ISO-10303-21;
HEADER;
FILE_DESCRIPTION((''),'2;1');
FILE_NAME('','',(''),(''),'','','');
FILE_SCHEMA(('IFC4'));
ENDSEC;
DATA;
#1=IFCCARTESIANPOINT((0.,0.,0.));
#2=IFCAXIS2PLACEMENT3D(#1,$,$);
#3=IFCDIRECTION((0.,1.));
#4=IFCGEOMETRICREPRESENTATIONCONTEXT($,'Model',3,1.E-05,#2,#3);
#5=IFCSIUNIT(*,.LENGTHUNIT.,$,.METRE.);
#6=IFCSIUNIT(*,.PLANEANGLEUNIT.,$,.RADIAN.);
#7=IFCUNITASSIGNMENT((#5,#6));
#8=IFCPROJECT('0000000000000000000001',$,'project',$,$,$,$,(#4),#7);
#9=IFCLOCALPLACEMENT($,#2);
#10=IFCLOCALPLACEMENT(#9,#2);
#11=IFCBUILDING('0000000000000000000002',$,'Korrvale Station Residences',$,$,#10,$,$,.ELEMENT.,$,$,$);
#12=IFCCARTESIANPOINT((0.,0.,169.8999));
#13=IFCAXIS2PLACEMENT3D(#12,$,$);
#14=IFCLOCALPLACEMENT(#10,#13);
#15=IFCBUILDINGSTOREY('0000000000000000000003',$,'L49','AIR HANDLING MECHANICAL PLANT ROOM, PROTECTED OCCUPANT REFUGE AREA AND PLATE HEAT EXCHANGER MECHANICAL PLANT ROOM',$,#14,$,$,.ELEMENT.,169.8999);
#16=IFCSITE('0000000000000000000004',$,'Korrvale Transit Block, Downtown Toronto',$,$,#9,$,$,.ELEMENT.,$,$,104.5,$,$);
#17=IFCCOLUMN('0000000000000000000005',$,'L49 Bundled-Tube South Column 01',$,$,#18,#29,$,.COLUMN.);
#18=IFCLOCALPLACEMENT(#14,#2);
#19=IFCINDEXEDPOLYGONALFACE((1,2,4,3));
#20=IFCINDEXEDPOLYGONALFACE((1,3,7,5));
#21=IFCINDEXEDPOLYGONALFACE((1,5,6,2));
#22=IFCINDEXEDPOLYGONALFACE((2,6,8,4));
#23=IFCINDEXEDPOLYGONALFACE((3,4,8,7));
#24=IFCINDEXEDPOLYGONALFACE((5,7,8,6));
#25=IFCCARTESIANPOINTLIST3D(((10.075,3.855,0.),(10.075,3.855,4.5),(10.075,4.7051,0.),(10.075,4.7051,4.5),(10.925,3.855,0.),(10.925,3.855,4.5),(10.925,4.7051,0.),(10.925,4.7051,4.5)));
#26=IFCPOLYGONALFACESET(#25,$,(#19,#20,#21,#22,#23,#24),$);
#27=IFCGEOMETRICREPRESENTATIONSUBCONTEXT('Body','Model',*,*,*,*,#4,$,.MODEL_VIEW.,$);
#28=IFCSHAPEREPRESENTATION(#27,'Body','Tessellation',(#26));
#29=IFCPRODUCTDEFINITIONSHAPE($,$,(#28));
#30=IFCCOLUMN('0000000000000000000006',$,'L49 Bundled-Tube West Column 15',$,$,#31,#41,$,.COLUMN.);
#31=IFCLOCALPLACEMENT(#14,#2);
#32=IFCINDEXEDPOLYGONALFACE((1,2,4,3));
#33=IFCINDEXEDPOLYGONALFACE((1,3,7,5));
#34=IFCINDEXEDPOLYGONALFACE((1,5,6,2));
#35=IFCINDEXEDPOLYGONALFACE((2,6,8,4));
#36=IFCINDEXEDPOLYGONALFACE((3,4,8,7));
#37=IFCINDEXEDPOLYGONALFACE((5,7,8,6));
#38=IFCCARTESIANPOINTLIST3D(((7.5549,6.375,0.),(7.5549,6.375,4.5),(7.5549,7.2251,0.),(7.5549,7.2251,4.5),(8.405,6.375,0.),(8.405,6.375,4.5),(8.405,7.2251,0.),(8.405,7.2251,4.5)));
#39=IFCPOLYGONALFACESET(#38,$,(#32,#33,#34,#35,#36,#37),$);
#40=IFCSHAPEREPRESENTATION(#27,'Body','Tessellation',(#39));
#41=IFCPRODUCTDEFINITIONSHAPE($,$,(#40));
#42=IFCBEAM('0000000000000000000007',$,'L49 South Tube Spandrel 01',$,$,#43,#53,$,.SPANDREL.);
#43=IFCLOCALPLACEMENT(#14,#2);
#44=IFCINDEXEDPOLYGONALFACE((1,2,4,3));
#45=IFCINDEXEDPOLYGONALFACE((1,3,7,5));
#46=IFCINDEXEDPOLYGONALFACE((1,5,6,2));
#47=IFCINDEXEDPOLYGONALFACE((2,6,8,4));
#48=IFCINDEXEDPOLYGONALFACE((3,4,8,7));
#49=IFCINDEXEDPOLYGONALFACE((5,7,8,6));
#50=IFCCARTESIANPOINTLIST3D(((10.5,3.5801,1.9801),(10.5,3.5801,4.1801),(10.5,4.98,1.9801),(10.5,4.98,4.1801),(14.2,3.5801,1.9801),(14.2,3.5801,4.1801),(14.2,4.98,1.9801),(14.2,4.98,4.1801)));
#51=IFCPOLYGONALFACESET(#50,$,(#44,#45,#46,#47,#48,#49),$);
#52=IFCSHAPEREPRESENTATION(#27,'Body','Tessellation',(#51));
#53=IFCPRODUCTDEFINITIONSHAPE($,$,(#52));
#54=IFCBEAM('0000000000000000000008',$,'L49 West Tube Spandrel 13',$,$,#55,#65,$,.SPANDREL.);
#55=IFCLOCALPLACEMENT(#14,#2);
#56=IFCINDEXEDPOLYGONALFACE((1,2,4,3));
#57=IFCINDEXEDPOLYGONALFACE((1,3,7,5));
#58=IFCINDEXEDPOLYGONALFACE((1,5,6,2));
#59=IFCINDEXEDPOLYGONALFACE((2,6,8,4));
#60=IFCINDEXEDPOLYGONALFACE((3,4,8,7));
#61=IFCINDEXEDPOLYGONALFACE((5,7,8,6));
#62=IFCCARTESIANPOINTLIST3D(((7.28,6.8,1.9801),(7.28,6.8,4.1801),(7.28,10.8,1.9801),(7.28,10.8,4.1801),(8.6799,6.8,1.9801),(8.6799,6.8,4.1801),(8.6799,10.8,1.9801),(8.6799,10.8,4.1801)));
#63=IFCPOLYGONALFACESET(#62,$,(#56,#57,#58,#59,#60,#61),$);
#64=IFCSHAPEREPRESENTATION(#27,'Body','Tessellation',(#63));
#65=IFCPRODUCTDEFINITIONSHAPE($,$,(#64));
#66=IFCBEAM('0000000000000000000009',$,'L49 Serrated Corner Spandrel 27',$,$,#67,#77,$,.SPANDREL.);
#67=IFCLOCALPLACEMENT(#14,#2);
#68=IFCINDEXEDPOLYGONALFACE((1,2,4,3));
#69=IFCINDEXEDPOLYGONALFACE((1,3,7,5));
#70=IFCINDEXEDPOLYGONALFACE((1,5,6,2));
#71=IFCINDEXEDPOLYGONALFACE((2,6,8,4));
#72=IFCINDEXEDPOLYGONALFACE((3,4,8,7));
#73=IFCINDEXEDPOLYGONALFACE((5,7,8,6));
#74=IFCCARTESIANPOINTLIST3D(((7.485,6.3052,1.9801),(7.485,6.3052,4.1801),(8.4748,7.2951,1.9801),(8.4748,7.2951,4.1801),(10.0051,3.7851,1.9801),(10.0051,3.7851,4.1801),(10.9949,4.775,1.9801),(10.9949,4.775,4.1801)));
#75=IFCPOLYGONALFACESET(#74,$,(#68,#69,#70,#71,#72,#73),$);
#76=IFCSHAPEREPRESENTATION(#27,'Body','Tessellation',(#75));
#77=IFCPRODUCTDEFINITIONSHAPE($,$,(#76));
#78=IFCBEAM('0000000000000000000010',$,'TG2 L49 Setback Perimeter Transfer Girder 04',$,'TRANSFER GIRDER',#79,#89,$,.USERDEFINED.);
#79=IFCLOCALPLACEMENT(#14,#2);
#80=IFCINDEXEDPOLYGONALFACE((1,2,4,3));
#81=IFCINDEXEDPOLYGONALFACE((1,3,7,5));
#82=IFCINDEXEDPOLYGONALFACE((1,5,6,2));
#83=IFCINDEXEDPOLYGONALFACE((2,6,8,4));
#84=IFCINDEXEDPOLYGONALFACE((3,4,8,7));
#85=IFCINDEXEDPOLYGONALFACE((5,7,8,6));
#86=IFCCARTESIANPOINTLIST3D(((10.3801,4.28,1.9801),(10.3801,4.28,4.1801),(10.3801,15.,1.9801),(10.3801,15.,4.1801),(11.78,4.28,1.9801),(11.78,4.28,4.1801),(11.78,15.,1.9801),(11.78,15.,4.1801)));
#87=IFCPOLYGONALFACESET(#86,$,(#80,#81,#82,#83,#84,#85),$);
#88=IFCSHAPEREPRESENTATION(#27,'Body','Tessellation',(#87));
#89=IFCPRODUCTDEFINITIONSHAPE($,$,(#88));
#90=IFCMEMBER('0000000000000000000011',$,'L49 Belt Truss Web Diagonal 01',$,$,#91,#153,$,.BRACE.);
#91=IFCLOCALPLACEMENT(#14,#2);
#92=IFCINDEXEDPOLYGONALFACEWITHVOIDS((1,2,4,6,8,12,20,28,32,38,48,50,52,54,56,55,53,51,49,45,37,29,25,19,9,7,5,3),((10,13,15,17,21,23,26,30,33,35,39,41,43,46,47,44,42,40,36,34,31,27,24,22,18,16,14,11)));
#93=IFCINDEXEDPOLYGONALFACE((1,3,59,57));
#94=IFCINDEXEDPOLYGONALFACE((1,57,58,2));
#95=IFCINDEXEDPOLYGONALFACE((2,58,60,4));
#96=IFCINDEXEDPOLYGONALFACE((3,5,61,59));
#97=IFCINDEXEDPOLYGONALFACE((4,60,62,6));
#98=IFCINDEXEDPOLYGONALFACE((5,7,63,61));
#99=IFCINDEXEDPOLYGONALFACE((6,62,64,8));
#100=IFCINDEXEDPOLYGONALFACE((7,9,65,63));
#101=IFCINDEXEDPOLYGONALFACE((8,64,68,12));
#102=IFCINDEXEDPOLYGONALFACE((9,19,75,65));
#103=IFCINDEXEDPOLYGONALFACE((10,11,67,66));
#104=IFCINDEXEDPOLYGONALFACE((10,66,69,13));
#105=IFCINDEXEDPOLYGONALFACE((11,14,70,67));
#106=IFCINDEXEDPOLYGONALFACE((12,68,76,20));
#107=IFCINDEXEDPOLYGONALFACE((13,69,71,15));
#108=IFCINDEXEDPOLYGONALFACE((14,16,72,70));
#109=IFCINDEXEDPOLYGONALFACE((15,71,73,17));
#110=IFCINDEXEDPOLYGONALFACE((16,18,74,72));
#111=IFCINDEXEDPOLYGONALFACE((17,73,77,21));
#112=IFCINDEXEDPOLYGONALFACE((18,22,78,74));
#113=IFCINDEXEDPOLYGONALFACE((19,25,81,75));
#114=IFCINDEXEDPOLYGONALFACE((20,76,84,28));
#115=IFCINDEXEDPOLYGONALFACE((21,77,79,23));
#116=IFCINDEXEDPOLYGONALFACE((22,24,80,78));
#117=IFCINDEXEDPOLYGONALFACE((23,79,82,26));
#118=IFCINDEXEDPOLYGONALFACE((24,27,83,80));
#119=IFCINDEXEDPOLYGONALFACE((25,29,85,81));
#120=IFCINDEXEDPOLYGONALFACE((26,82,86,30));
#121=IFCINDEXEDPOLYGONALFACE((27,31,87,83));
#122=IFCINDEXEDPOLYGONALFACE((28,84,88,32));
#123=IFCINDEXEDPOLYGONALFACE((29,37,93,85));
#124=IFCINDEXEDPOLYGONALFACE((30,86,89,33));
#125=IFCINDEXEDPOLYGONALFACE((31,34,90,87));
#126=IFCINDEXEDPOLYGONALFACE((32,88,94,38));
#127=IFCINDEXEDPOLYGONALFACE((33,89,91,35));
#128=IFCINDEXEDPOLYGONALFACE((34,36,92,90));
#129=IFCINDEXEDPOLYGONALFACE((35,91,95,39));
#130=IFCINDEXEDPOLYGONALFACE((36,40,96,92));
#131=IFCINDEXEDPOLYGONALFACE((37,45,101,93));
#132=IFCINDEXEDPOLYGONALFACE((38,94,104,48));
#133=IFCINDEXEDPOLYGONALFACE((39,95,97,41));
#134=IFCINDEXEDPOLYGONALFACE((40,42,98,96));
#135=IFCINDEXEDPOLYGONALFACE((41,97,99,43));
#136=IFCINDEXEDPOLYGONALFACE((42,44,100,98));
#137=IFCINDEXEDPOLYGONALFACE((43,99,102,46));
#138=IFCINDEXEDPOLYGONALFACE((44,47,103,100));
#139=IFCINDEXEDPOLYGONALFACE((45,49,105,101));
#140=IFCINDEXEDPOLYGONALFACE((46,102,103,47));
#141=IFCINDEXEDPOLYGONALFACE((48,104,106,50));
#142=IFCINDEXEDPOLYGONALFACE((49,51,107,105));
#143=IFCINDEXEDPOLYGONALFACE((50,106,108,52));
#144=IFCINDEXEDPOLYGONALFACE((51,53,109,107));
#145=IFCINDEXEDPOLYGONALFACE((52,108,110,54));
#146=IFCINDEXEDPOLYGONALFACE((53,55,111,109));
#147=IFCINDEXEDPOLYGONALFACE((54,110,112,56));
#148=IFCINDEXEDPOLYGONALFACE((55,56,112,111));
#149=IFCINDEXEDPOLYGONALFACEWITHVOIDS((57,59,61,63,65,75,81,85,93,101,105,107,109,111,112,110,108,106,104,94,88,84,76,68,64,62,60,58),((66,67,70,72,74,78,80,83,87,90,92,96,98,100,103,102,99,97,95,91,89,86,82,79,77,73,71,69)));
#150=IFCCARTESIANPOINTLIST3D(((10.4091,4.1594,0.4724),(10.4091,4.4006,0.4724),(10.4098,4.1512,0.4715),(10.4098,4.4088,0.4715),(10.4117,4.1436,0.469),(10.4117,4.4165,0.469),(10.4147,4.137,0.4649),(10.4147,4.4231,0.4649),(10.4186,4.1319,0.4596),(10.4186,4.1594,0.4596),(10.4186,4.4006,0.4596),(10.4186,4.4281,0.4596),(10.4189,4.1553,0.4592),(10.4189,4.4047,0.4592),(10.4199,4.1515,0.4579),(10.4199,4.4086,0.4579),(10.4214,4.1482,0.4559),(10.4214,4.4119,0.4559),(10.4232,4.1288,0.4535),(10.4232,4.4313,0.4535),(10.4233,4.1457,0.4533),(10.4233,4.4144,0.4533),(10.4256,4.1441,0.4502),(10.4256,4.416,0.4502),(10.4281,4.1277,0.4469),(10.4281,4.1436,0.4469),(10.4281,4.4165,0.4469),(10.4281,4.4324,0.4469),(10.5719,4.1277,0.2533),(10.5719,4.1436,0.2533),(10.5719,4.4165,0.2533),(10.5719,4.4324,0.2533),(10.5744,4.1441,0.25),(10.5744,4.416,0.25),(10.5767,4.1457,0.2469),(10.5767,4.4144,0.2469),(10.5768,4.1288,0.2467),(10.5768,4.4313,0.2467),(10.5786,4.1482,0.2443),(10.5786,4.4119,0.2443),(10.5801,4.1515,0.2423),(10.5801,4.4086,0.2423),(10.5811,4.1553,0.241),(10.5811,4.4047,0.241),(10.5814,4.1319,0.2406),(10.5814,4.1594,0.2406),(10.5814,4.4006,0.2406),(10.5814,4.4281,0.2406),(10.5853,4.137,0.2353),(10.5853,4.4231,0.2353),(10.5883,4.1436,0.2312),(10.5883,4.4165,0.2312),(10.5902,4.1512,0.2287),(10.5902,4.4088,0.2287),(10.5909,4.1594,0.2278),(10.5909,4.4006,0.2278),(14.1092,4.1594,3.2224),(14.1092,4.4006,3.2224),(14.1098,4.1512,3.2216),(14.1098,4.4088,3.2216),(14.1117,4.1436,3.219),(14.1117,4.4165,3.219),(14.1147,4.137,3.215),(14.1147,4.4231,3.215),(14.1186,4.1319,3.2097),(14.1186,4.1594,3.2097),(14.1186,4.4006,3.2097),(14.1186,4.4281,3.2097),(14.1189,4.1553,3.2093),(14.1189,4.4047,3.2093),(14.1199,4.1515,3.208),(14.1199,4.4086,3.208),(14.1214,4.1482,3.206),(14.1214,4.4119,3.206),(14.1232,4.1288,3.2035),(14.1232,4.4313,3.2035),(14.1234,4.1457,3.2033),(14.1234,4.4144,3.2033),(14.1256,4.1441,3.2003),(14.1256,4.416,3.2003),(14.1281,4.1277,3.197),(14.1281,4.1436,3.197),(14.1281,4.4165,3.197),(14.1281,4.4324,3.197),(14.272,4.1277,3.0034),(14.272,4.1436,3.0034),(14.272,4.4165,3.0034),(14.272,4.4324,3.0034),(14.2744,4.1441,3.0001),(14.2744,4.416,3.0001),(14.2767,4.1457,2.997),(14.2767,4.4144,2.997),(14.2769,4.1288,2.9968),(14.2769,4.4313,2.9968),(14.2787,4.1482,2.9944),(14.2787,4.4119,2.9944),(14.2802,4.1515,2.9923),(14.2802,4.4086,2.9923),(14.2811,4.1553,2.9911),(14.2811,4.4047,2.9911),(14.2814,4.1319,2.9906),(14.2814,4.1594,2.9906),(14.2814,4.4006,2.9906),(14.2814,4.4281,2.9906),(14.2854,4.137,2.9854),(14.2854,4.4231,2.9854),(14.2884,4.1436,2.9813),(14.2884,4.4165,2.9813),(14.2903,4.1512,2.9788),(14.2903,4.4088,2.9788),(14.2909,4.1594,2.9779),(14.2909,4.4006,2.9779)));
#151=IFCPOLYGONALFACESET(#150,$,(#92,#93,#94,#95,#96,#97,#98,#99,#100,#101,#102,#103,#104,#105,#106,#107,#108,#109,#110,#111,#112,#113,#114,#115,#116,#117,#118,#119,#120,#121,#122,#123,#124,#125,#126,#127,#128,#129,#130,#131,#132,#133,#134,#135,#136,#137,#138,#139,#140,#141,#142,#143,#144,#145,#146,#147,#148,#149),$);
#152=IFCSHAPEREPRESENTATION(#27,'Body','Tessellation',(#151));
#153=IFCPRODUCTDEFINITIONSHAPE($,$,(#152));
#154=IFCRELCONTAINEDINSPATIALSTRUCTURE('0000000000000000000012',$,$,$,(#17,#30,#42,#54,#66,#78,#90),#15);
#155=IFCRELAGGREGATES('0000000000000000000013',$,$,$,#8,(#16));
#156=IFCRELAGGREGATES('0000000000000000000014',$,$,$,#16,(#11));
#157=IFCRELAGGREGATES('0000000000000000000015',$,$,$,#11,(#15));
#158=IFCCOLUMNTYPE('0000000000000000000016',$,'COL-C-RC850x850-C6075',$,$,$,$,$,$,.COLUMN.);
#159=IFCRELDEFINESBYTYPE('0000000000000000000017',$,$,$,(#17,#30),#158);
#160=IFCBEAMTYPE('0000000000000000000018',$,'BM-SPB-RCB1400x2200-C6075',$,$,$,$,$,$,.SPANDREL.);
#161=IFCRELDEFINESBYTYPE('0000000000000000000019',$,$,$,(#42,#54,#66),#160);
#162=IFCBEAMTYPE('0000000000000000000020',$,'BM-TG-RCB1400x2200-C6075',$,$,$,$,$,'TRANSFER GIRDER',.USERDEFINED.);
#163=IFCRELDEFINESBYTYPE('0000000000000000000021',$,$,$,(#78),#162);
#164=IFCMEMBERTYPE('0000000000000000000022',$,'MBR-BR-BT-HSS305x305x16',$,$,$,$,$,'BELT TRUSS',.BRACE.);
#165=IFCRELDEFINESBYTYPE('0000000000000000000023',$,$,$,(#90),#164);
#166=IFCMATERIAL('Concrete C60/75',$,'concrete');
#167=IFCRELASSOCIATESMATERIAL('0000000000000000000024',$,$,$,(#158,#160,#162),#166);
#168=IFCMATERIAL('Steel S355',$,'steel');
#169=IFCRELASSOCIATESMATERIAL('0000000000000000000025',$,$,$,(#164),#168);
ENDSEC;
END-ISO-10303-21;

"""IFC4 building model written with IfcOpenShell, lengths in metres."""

from ifc_helpers import new_model, si_unit, direction, frame, origin, origin_2d, place, context, subcontext, project, spatial, rectangle, hollow_rectangle, extrude, material, material_profile, profile_set, type_object, element, save


model = new_model("IFC4")

# Units and contexts
model_context = context("Model", 3, precision=1e-05, world=origin(), true_north=direction((0.0, 1.0)))
body_context = subcontext(model_context, "Body", "Model", "MODEL_VIEW")
ifc_project = project(units=[si_unit("LENGTHUNIT", "METRE"), si_unit("PLANEANGLEUNIT", "RADIAN")], contexts=[model_context])

# Site, building, storey
site_placement = place(None, origin())
site = spatial("IfcSite", under=ifc_project, at=site_placement, Name="Korrvale Transit Block, Downtown Toronto", CompositionType="ELEMENT", RefElevation=104.5)
building_placement = place(site_placement, origin())
building = spatial("IfcBuilding", under=site, at=building_placement, Name="Korrvale Station Residences", CompositionType="ELEMENT")
storey_placement = place(building_placement, frame((0.0, 0.0, 169.8999)))
storey = spatial("IfcBuildingStorey", under=building, at=storey_placement, Name="L49", Description="AIR HANDLING MECHANICAL PLANT ROOM, PROTECTED OCCUPANT REFUGE AREA AND PLATE HEAT EXCHANGER MECHANICAL PLANT ROOM", CompositionType="ELEMENT", Elevation=169.8999)

# Columns
ifc_material_1 = material(Name="Concrete C60/75", Category="concrete")
ifc_material_profile_1 = material_profile(ifc_material_1, rectangle(XDim=0.8501, YDim=0.8501, at=origin_2d()), Name="RC850x850")
ifc_profile_set_1 = profile_set([ifc_material_profile_1], Name="Concrete C60/75")
column_type = type_object("IfcColumnType", Name="COL-C-RC850x850-C6075", PredefinedType="COLUMN", material=ifc_profile_set_1)
for number, where, z_axis, x_axis, name in (
    (1, (10.5, 4.28, 0.0), (0.0, 0.0, 1.0), (1.0, 0.0, 0.0), "L49 Bundled-Tube South Column 01"),
    (2, (7.98, 6.8, 0.0), (0.0, 0.0, 1.0), (1.0, 0.0, 0.0), "L49 Bundled-Tube West Column 15"),
):
    element("IfcColumn", number, at=place(storey_placement, frame(where, z_axis=z_axis, x_axis=x_axis)), inside=storey, type_object=column_type, Name=name, PredefinedType="COLUMN", context=body_context, shape_type="SweptSolid", body=[
        extrude(rectangle(XDim=0.8501, YDim=0.8501, at=origin_2d()), origin(), (0.0, 0.0, 1.0), 4.5),
    ])

# Beams
ifc_material_profile_2 = material_profile(ifc_material_1, rectangle(XDim=1.3999, YDim=2.2, at=origin_2d()), Name="RCB1400x2200")
ifc_profile_set_2 = profile_set([ifc_material_profile_2], Name="Concrete C60/75")
beam_type_1 = type_object("IfcBeamType", Name="BM-SPB-RCB1400x2200-C6075", PredefinedType="SPANDREL", material=ifc_profile_set_2)
beam_1_placement = place(storey_placement, frame((10.5, 4.28, 3.0801), z_axis=(1.0, 0.0, 0.0), x_axis=(0.0, 1.0, 0.0)))
element("IfcBeam", 3, at=beam_1_placement, inside=storey, type_object=beam_type_1, Name="L49 South Tube Spandrel 01", PredefinedType="SPANDREL", context=body_context, shape_type="SweptSolid", body=[
    extrude(rectangle(XDim=1.3999, YDim=2.2, at=origin_2d()), origin(), (0.0, 0.0, 1.0), 3.7),
])
beam_2_placement = place(storey_placement, frame((7.98, 6.8, 3.0801), z_axis=(0.0, 1.0, 0.0), x_axis=(-1.0, 0.0, 0.0)))
element("IfcBeam", 4, at=beam_2_placement, inside=storey, type_object=beam_type_1, Name="L49 West Tube Spandrel 13", PredefinedType="SPANDREL", context=body_context, shape_type="SweptSolid", body=[
    extrude(rectangle(XDim=1.3999, YDim=2.2, at=origin_2d()), origin(), (0.0, 0.0, 1.0), 4.0),
])
beam_3_placement = place(storey_placement, frame((10.5, 4.28, 3.0801), z_axis=(-0.707107, 0.707107, 0.0), x_axis=(-0.707107, -0.707107, 0.0)))
element("IfcBeam", 5, at=beam_3_placement, inside=storey, type_object=beam_type_1, Name="L49 Serrated Corner Spandrel 27", PredefinedType="SPANDREL", context=body_context, shape_type="SweptSolid", body=[
    extrude(rectangle(XDim=1.3999, YDim=2.2, at=origin_2d()), origin(), (0.0, 0.0, 1.0), 3.564),
])
ifc_material_profile_3 = material_profile(ifc_material_1, rectangle(XDim=1.3999, YDim=2.2, at=origin_2d()), Name="RCB1400x2200")
ifc_profile_set_3 = profile_set([ifc_material_profile_3], Name="Concrete C60/75")
beam_type_2 = type_object("IfcBeamType", Name="BM-TG-RCB1400x2200-C6075", ElementType="TRANSFER GIRDER", PredefinedType="USERDEFINED", material=ifc_profile_set_3)
beam_4_placement = place(storey_placement, frame((11.0801, 4.28, 3.0801), z_axis=(0.0, 1.0, 0.0), x_axis=(-1.0, 0.0, 0.0)))
element("IfcBeam", 6, at=beam_4_placement, inside=storey, type_object=beam_type_2, Name="TG2 L49 Setback Perimeter Transfer Girder 04", ObjectType="TRANSFER GIRDER", PredefinedType="USERDEFINED", context=body_context, shape_type="SweptSolid", body=[
    extrude(rectangle(XDim=1.3999, YDim=2.2, at=origin_2d()), origin(), (0.0, 0.0, 1.0), 10.72),
])

# Member
ifc_material_2 = material(Name="Steel S355", Category="steel")
ifc_material_profile_4 = material_profile(ifc_material_2, hollow_rectangle(XDim=0.3047, YDim=0.3047, WallThickness=0.0159, InnerFilletRadius=0.0159, OuterFilletRadius=0.0317, at=origin_2d()), Name="HSS305x305x16")
ifc_profile_set_4 = profile_set([ifc_material_profile_4], Name="Steel S355")
member_type_1 = type_object("IfcMemberType", Name="MBR-BR-BT-HSS305x305x16", ElementType="BELT TRUSS", PredefinedType="BRACE", material=ifc_profile_set_4)
member_1_placement = place(storey_placement, frame((10.5, 4.28, 0.3501), z_axis=(0.802592, 0.0, 0.596529), x_axis=(0.0, 1.0, 0.0)))
element("IfcMember", 7, at=member_1_placement, inside=storey, type_object=member_type_1, Name="L49 Belt Truss Web Diagonal 01", PredefinedType="BRACE", context=body_context, shape_type="SweptSolid", body=[
    extrude(hollow_rectangle(XDim=0.3047, YDim=0.3047, WallThickness=0.0159, InnerFilletRadius=0.0159, OuterFilletRadius=0.0317, at=origin_2d()), origin(), (0.0, 0.0, 1.0), 4.6101),
])

save(model, "model.ifc")
